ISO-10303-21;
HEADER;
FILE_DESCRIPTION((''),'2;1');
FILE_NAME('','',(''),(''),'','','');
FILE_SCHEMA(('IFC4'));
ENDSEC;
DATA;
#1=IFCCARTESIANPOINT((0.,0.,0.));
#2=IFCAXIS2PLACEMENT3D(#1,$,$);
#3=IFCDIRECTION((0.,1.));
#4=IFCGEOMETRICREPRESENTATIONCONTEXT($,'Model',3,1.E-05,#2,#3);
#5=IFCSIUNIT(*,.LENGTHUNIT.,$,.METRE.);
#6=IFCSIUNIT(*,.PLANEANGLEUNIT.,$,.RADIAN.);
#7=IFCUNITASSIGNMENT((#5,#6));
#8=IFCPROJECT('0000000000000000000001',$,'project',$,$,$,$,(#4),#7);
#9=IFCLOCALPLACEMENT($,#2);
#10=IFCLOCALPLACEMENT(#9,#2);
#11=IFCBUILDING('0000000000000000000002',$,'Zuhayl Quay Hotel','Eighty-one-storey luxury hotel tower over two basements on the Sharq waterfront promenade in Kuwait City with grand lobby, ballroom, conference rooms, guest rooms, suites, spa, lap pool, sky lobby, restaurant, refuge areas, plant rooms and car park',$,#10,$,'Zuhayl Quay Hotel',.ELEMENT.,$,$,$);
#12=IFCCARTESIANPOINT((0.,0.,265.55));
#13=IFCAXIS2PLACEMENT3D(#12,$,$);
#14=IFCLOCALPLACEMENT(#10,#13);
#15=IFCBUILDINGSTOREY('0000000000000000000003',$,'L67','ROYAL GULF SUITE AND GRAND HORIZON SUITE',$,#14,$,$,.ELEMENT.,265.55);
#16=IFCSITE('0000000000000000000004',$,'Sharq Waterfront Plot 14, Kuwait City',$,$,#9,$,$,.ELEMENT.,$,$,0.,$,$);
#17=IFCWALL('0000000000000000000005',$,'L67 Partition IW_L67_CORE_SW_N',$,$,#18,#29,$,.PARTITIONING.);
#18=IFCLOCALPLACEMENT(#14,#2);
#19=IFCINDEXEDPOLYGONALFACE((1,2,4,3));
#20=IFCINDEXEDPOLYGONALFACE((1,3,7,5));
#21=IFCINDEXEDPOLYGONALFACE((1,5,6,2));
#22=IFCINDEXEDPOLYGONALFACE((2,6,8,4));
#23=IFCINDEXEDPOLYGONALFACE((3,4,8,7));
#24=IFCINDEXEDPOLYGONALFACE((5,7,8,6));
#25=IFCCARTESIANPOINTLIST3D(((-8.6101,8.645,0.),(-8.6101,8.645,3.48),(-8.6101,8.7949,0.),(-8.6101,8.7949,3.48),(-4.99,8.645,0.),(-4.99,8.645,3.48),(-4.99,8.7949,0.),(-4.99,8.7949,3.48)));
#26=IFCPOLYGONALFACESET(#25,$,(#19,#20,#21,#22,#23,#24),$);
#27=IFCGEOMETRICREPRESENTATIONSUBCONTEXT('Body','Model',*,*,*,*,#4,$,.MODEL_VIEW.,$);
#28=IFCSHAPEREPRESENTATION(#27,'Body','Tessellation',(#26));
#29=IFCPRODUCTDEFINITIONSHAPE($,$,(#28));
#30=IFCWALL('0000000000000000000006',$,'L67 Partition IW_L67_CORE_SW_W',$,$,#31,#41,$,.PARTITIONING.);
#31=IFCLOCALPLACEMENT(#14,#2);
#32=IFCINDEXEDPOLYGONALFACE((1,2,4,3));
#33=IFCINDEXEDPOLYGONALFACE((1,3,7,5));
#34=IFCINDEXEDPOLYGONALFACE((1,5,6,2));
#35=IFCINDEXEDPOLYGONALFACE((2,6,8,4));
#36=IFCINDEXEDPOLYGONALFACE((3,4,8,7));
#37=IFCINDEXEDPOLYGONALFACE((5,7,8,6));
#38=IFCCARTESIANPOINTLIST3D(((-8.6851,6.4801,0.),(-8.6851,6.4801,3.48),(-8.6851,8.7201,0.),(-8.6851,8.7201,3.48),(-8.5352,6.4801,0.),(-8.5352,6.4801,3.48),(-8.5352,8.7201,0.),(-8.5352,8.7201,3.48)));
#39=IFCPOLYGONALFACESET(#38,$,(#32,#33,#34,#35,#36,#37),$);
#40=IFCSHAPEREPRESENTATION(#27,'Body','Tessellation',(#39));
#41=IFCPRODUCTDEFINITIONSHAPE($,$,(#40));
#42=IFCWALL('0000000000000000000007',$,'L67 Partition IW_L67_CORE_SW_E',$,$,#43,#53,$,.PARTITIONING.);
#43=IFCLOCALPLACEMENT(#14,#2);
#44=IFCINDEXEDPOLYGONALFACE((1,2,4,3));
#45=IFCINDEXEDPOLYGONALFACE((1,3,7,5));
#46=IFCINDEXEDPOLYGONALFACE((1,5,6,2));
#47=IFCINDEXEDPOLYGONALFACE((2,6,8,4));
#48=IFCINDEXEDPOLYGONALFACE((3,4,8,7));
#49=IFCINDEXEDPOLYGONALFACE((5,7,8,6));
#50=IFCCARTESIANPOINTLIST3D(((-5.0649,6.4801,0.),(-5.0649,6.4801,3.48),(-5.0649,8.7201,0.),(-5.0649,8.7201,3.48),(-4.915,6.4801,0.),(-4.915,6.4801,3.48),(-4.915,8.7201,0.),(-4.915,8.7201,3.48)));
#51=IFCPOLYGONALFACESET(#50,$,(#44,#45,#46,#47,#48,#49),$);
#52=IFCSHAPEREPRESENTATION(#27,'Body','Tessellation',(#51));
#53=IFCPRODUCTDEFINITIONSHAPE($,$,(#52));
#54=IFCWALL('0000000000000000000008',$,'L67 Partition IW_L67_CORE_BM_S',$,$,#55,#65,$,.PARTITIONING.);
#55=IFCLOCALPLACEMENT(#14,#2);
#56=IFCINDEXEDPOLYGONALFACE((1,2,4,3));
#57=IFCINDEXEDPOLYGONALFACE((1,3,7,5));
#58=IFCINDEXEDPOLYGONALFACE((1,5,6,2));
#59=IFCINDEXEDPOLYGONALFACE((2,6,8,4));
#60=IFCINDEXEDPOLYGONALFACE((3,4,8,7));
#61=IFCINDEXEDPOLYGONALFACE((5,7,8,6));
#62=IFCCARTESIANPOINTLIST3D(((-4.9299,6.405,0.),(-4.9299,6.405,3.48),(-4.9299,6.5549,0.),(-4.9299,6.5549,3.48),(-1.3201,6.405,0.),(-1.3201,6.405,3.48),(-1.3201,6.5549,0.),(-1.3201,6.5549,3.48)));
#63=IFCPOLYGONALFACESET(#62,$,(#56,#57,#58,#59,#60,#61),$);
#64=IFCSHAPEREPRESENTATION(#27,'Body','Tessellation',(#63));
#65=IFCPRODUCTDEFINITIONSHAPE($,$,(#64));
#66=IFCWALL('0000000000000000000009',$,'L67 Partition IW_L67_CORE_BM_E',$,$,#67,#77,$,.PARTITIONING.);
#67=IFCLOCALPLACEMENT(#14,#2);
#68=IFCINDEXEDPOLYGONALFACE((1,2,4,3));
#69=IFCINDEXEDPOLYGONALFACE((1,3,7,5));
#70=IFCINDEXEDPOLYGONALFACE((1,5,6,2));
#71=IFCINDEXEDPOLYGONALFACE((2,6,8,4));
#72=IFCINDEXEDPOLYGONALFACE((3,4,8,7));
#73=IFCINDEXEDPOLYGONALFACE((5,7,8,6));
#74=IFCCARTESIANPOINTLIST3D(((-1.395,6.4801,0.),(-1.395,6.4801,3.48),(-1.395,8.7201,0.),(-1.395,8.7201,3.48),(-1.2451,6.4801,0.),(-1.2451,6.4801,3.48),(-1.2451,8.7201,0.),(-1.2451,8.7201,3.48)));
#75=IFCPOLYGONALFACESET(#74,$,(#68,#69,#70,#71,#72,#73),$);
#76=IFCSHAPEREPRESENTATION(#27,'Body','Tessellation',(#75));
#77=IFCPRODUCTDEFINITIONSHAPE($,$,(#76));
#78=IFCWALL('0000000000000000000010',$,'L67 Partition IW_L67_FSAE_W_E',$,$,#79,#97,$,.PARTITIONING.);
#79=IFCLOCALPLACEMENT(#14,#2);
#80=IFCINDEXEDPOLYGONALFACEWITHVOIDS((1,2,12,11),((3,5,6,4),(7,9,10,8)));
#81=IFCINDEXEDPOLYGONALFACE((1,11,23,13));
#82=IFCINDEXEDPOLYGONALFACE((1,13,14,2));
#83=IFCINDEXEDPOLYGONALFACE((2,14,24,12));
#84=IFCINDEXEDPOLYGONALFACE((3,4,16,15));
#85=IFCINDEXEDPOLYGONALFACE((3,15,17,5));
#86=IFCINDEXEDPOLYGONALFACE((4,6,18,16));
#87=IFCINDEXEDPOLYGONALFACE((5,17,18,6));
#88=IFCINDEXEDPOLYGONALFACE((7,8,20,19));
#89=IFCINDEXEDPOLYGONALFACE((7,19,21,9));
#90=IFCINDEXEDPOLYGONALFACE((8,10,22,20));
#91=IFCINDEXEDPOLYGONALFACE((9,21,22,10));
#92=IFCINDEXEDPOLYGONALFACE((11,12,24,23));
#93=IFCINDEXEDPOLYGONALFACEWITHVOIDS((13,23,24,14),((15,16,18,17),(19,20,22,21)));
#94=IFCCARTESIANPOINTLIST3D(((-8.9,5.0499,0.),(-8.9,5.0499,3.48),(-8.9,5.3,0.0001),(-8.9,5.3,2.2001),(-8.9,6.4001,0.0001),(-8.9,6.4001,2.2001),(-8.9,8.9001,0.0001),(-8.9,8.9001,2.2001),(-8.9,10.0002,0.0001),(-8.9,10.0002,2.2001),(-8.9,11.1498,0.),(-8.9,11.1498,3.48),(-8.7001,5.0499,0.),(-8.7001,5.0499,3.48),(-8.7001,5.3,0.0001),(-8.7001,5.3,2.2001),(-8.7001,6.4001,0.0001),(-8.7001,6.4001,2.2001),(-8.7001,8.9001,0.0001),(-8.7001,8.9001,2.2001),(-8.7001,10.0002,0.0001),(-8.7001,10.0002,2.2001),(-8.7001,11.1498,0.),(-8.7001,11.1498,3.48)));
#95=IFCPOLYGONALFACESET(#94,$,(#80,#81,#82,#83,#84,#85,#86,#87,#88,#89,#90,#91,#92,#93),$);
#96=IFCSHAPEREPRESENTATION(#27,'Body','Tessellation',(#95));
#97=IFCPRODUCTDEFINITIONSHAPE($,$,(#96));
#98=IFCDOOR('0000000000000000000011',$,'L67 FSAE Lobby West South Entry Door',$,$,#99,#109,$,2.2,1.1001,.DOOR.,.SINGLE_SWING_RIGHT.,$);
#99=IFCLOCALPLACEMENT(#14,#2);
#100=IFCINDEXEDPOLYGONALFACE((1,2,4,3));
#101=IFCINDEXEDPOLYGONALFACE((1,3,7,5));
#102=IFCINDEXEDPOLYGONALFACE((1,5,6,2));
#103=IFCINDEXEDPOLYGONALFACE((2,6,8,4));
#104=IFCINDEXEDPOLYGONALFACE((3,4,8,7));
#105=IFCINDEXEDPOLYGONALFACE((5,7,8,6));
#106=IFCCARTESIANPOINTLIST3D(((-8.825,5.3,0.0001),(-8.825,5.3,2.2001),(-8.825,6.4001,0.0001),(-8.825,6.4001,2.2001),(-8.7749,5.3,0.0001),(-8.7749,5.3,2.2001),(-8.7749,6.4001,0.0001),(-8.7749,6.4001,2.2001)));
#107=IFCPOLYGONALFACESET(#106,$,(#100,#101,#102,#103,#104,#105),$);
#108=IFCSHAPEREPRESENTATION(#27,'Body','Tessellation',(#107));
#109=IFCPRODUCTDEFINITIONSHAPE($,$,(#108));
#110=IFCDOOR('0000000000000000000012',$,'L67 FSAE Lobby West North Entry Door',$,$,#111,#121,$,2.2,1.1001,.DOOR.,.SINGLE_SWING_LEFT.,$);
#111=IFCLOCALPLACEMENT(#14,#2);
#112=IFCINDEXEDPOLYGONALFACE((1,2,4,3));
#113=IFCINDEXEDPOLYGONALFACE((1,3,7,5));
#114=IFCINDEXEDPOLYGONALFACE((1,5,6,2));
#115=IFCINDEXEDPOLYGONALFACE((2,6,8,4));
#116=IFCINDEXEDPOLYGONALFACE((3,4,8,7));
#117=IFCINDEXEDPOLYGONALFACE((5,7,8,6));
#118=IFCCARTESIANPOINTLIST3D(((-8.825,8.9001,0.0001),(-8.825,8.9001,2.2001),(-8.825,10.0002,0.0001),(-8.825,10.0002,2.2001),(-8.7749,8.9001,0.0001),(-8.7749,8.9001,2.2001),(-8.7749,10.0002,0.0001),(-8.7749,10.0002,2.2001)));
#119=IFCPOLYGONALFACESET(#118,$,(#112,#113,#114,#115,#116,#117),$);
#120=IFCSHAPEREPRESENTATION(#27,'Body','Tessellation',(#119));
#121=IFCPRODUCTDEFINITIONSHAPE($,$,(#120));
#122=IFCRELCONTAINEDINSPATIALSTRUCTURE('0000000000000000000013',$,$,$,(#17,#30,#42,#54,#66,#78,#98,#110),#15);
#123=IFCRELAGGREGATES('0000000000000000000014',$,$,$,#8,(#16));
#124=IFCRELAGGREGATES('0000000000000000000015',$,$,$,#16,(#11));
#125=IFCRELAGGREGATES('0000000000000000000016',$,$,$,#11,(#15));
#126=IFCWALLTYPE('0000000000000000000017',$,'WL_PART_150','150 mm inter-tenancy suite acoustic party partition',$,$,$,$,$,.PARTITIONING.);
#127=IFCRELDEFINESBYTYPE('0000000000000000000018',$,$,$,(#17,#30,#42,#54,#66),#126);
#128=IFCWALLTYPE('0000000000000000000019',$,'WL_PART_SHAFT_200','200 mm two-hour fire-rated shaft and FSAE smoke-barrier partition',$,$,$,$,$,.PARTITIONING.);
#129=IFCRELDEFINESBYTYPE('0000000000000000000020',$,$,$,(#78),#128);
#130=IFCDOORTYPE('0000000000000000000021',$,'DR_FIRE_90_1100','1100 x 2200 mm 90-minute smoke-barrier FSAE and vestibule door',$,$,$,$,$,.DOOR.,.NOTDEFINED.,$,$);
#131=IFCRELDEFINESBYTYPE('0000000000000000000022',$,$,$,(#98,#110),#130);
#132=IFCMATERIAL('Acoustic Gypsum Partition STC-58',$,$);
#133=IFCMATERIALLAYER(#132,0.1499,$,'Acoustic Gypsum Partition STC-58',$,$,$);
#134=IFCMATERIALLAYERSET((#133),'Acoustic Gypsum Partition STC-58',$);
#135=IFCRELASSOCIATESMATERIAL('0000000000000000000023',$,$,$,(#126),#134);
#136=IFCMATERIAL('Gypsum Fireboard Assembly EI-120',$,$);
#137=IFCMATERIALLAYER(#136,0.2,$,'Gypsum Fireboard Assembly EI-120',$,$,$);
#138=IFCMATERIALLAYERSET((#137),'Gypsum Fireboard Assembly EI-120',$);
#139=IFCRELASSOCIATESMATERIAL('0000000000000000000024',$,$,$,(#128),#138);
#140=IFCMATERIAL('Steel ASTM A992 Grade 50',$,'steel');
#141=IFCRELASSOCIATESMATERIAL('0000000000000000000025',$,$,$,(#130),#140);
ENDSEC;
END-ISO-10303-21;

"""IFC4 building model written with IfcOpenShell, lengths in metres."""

from ifc_helpers import new_model, si_unit, direction, frame, frame_2d, origin, place, context, subcontext, project, spatial, rectangle, extrude, material, layer, layer_set, type_object, element, fill, save


model = new_model("IFC4")

# Units and contexts
model_context = context("Model", 3, precision=1e-05, world=origin(), true_north=direction((0.0, 1.0)))
body_context = subcontext(model_context, "Body", "Model", "MODEL_VIEW")
ifc_project = project(units=[si_unit("LENGTHUNIT", "METRE"), si_unit("PLANEANGLEUNIT", "RADIAN")], contexts=[model_context])

# Site, building, storey
site_placement = place(None, origin())
site = spatial("IfcSite", under=ifc_project, at=site_placement, Name="Sharq Waterfront Plot 14, Kuwait City", CompositionType="ELEMENT", RefElevation=0.0)
building_placement = place(site_placement, origin())
building = spatial("IfcBuilding", under=site, at=building_placement, Name="Zuhayl Quay Hotel", Description="Eighty-one-storey luxury hotel tower over two basements on the Sharq waterfront promenade in Kuwait City with grand lobby, ballroom, conference rooms, guest rooms, suites, spa, lap pool, sky lobby, restaurant, refuge areas, plant rooms and car park", LongName="Zuhayl Quay Hotel", CompositionType="ELEMENT")
storey_placement = place(building_placement, frame((0.0, 0.0, 265.55)))
storey = spatial("IfcBuildingStorey", under=building, at=storey_placement, Name="L67", Description="ROYAL GULF SUITE AND GRAND HORIZON SUITE", CompositionType="ELEMENT", Elevation=265.55)

# Shared definitions
ifc_material_1 = material(Name="Acoustic Gypsum Partition STC-58")
ifc_layer_1 = layer(ifc_material_1, 0.1499, Name="Acoustic Gypsum Partition STC-58")
ifc_layer_set_1 = layer_set([ifc_layer_1], Name="Acoustic Gypsum Partition STC-58")
wall_type_1 = type_object("IfcWallType", Name="WL_PART_150", Description="150 mm inter-tenancy suite acoustic party partition", PredefinedType="PARTITIONING", material=ifc_layer_set_1)
ifc_material_2 = material(Name="Steel ASTM A992 Grade 50", Category="steel")

# Walls
wall_1_placement = place(storey_placement, frame((-8.6101, 8.72, 0.0), z_axis=(0.0, 0.0, 1.0), x_axis=(1.0, 0.0, 0.0)))
element("IfcWall", 1, at=wall_1_placement, inside=storey, type_object=wall_type_1, Name="L67 Partition IW_L67_CORE_SW_N", PredefinedType="PARTITIONING", context=body_context, shape_type="SweptSolid", body=[
    extrude(rectangle(XDim=3.6201, YDim=0.1499, at=frame_2d((1.8101, 0.0))), origin(), (0.0, 0.0, 1.0), 3.48),
])
for number, where, z_axis, x_axis, name in (
    (2, (-8.6101, 6.48, 0.0), (0.0, 0.0, 1.0), (0.0, 1.0, 0.0), "L67 Partition IW_L67_CORE_SW_W"),
    (3, (-4.99, 6.48, 0.0), (0.0, 0.0, 1.0), (0.0, 1.0, 0.0), "L67 Partition IW_L67_CORE_SW_E"),
):
    element("IfcWall", number, at=place(storey_placement, frame(where, z_axis=z_axis, x_axis=x_axis)), inside=storey, type_object=wall_type_1, Name=name, PredefinedType="PARTITIONING", context=body_context, shape_type="SweptSolid", body=[
        extrude(rectangle(XDim=2.24, YDim=0.1499, at=frame_2d((1.1201, 0.0))), origin(), (0.0, 0.0, 1.0), 3.48),
    ])
wall_2_placement = place(storey_placement, frame((-4.9299, 6.48, 0.0), z_axis=(0.0, 0.0, 1.0), x_axis=(1.0, 0.0, 0.0)))
element("IfcWall", 4, at=wall_2_placement, inside=storey, type_object=wall_type_1, Name="L67 Partition IW_L67_CORE_BM_S", PredefinedType="PARTITIONING", context=body_context, shape_type="SweptSolid", body=[
    extrude(rectangle(XDim=3.6099, YDim=0.1499, at=frame_2d((1.8049, 0.0))), origin(), (0.0, 0.0, 1.0), 3.48),
])
wall_3_placement = place(storey_placement, frame((-1.3201, 6.48, 0.0), z_axis=(0.0, 0.0, 1.0), x_axis=(0.0, 1.0, 0.0)))
element("IfcWall", 5, at=wall_3_placement, inside=storey, type_object=wall_type_1, Name="L67 Partition IW_L67_CORE_BM_E", PredefinedType="PARTITIONING", context=body_context, shape_type="SweptSolid", body=[
    extrude(rectangle(XDim=2.24, YDim=0.1499, at=frame_2d((1.1201, 0.0))), origin(), (0.0, 0.0, 1.0), 3.48),
])

# Wall, openings, doors
ifc_material_3 = material(Name="Gypsum Fireboard Assembly EI-120")
ifc_layer_2 = layer(ifc_material_3, 0.2, Name="Gypsum Fireboard Assembly EI-120")
ifc_layer_set_2 = layer_set([ifc_layer_2], Name="Gypsum Fireboard Assembly EI-120")
wall_type_2 = type_object("IfcWallType", Name="WL_PART_SHAFT_200", Description="200 mm two-hour fire-rated shaft and FSAE smoke-barrier partition", PredefinedType="PARTITIONING", material=ifc_layer_set_2)
wall_4_placement = place(storey_placement, frame((-8.8, 5.05, 0.0), z_axis=(0.0, 0.0, 1.0), x_axis=(0.0, 1.0, 0.0)))
wall_4 = element("IfcWall", 6, at=wall_4_placement, inside=storey, type_object=wall_type_2, Name="L67 Partition IW_L67_FSAE_W_E", PredefinedType="PARTITIONING", context=body_context, shape_type="SweptSolid", body=[
    extrude(rectangle(XDim=6.0999, YDim=0.2, at=frame_2d((3.0498, 0.0))), origin(), (0.0, 0.0, 1.0), 3.48),
])
opening_1_placement = place(wall_4_placement, frame((0.25, 0.0, 0.0)))
opening_1 = element("IfcOpeningElement", 7, at=opening_1_placement, cuts=wall_4, PredefinedType="OPENING", context=body_context, shape_type="SweptSolid", body=[
    extrude(rectangle(XDim=1.1001, YDim=2.2, at=frame_2d((0.55, 1.1001))), frame((0.0, 0.1099, 0.0), z_axis=(0.0, -1.0, 0.0), x_axis=(1.0, 0.0, 0.0)), (0.0, 0.0, 1.0), 0.22),
])
opening_2_placement = place(wall_4_placement, frame((3.8501, 0.0, 0.0)))
opening_2 = element("IfcOpeningElement", 8, at=opening_2_placement, cuts=wall_4, PredefinedType="OPENING", context=body_context, shape_type="SweptSolid", body=[
    extrude(rectangle(XDim=1.1001, YDim=2.2, at=frame_2d((0.55, 1.1001))), frame((0.0, 0.1099, 0.0), z_axis=(0.0, -1.0, 0.0), x_axis=(1.0, 0.0, 0.0)), (0.0, 0.0, 1.0), 0.22),
])
door_type_1 = type_object("IfcDoorType", Name="DR_FIRE_90_1100", Description="1100 x 2200 mm 90-minute smoke-barrier FSAE and vestibule door", OperationType="NOTDEFINED", PredefinedType="DOOR", material=ifc_material_2)
door_1_placement = place(opening_1_placement, origin())
door_1 = element("IfcDoor", 9, at=door_1_placement, inside=storey, type_object=door_type_1, Name="L67 FSAE Lobby West South Entry Door", OperationType="SINGLE_SWING_RIGHT", OverallHeight=2.2, OverallWidth=1.1001, PredefinedType="DOOR", context=body_context, shape_type="SweptSolid", body=[
    extrude(rectangle(XDim=1.1001, YDim=2.2, at=frame_2d((0.55, 1.1001))), frame((0.0, 0.0249, 0.0), z_axis=(0.0, -1.0, 0.0), x_axis=(1.0, 0.0, 0.0)), (0.0, 0.0, 1.0), 0.05),
])
fill(opening_1, door_1)
door_2_placement = place(opening_2_placement, origin())
door_2 = element("IfcDoor", 10, at=door_2_placement, inside=storey, type_object=door_type_1, Name="L67 FSAE Lobby West North Entry Door", OperationType="SINGLE_SWING_LEFT", OverallHeight=2.2, OverallWidth=1.1001, PredefinedType="DOOR", context=body_context, shape_type="SweptSolid", body=[
    extrude(rectangle(XDim=1.1001, YDim=2.2, at=frame_2d((0.55, 1.1001))), frame((0.0, 0.0249, 0.0), z_axis=(0.0, -1.0, 0.0), x_axis=(1.0, 0.0, 0.0)), (0.0, 0.0, 1.0), 0.05),
])
fill(opening_2, door_2)

save(model, "model.ifc")
